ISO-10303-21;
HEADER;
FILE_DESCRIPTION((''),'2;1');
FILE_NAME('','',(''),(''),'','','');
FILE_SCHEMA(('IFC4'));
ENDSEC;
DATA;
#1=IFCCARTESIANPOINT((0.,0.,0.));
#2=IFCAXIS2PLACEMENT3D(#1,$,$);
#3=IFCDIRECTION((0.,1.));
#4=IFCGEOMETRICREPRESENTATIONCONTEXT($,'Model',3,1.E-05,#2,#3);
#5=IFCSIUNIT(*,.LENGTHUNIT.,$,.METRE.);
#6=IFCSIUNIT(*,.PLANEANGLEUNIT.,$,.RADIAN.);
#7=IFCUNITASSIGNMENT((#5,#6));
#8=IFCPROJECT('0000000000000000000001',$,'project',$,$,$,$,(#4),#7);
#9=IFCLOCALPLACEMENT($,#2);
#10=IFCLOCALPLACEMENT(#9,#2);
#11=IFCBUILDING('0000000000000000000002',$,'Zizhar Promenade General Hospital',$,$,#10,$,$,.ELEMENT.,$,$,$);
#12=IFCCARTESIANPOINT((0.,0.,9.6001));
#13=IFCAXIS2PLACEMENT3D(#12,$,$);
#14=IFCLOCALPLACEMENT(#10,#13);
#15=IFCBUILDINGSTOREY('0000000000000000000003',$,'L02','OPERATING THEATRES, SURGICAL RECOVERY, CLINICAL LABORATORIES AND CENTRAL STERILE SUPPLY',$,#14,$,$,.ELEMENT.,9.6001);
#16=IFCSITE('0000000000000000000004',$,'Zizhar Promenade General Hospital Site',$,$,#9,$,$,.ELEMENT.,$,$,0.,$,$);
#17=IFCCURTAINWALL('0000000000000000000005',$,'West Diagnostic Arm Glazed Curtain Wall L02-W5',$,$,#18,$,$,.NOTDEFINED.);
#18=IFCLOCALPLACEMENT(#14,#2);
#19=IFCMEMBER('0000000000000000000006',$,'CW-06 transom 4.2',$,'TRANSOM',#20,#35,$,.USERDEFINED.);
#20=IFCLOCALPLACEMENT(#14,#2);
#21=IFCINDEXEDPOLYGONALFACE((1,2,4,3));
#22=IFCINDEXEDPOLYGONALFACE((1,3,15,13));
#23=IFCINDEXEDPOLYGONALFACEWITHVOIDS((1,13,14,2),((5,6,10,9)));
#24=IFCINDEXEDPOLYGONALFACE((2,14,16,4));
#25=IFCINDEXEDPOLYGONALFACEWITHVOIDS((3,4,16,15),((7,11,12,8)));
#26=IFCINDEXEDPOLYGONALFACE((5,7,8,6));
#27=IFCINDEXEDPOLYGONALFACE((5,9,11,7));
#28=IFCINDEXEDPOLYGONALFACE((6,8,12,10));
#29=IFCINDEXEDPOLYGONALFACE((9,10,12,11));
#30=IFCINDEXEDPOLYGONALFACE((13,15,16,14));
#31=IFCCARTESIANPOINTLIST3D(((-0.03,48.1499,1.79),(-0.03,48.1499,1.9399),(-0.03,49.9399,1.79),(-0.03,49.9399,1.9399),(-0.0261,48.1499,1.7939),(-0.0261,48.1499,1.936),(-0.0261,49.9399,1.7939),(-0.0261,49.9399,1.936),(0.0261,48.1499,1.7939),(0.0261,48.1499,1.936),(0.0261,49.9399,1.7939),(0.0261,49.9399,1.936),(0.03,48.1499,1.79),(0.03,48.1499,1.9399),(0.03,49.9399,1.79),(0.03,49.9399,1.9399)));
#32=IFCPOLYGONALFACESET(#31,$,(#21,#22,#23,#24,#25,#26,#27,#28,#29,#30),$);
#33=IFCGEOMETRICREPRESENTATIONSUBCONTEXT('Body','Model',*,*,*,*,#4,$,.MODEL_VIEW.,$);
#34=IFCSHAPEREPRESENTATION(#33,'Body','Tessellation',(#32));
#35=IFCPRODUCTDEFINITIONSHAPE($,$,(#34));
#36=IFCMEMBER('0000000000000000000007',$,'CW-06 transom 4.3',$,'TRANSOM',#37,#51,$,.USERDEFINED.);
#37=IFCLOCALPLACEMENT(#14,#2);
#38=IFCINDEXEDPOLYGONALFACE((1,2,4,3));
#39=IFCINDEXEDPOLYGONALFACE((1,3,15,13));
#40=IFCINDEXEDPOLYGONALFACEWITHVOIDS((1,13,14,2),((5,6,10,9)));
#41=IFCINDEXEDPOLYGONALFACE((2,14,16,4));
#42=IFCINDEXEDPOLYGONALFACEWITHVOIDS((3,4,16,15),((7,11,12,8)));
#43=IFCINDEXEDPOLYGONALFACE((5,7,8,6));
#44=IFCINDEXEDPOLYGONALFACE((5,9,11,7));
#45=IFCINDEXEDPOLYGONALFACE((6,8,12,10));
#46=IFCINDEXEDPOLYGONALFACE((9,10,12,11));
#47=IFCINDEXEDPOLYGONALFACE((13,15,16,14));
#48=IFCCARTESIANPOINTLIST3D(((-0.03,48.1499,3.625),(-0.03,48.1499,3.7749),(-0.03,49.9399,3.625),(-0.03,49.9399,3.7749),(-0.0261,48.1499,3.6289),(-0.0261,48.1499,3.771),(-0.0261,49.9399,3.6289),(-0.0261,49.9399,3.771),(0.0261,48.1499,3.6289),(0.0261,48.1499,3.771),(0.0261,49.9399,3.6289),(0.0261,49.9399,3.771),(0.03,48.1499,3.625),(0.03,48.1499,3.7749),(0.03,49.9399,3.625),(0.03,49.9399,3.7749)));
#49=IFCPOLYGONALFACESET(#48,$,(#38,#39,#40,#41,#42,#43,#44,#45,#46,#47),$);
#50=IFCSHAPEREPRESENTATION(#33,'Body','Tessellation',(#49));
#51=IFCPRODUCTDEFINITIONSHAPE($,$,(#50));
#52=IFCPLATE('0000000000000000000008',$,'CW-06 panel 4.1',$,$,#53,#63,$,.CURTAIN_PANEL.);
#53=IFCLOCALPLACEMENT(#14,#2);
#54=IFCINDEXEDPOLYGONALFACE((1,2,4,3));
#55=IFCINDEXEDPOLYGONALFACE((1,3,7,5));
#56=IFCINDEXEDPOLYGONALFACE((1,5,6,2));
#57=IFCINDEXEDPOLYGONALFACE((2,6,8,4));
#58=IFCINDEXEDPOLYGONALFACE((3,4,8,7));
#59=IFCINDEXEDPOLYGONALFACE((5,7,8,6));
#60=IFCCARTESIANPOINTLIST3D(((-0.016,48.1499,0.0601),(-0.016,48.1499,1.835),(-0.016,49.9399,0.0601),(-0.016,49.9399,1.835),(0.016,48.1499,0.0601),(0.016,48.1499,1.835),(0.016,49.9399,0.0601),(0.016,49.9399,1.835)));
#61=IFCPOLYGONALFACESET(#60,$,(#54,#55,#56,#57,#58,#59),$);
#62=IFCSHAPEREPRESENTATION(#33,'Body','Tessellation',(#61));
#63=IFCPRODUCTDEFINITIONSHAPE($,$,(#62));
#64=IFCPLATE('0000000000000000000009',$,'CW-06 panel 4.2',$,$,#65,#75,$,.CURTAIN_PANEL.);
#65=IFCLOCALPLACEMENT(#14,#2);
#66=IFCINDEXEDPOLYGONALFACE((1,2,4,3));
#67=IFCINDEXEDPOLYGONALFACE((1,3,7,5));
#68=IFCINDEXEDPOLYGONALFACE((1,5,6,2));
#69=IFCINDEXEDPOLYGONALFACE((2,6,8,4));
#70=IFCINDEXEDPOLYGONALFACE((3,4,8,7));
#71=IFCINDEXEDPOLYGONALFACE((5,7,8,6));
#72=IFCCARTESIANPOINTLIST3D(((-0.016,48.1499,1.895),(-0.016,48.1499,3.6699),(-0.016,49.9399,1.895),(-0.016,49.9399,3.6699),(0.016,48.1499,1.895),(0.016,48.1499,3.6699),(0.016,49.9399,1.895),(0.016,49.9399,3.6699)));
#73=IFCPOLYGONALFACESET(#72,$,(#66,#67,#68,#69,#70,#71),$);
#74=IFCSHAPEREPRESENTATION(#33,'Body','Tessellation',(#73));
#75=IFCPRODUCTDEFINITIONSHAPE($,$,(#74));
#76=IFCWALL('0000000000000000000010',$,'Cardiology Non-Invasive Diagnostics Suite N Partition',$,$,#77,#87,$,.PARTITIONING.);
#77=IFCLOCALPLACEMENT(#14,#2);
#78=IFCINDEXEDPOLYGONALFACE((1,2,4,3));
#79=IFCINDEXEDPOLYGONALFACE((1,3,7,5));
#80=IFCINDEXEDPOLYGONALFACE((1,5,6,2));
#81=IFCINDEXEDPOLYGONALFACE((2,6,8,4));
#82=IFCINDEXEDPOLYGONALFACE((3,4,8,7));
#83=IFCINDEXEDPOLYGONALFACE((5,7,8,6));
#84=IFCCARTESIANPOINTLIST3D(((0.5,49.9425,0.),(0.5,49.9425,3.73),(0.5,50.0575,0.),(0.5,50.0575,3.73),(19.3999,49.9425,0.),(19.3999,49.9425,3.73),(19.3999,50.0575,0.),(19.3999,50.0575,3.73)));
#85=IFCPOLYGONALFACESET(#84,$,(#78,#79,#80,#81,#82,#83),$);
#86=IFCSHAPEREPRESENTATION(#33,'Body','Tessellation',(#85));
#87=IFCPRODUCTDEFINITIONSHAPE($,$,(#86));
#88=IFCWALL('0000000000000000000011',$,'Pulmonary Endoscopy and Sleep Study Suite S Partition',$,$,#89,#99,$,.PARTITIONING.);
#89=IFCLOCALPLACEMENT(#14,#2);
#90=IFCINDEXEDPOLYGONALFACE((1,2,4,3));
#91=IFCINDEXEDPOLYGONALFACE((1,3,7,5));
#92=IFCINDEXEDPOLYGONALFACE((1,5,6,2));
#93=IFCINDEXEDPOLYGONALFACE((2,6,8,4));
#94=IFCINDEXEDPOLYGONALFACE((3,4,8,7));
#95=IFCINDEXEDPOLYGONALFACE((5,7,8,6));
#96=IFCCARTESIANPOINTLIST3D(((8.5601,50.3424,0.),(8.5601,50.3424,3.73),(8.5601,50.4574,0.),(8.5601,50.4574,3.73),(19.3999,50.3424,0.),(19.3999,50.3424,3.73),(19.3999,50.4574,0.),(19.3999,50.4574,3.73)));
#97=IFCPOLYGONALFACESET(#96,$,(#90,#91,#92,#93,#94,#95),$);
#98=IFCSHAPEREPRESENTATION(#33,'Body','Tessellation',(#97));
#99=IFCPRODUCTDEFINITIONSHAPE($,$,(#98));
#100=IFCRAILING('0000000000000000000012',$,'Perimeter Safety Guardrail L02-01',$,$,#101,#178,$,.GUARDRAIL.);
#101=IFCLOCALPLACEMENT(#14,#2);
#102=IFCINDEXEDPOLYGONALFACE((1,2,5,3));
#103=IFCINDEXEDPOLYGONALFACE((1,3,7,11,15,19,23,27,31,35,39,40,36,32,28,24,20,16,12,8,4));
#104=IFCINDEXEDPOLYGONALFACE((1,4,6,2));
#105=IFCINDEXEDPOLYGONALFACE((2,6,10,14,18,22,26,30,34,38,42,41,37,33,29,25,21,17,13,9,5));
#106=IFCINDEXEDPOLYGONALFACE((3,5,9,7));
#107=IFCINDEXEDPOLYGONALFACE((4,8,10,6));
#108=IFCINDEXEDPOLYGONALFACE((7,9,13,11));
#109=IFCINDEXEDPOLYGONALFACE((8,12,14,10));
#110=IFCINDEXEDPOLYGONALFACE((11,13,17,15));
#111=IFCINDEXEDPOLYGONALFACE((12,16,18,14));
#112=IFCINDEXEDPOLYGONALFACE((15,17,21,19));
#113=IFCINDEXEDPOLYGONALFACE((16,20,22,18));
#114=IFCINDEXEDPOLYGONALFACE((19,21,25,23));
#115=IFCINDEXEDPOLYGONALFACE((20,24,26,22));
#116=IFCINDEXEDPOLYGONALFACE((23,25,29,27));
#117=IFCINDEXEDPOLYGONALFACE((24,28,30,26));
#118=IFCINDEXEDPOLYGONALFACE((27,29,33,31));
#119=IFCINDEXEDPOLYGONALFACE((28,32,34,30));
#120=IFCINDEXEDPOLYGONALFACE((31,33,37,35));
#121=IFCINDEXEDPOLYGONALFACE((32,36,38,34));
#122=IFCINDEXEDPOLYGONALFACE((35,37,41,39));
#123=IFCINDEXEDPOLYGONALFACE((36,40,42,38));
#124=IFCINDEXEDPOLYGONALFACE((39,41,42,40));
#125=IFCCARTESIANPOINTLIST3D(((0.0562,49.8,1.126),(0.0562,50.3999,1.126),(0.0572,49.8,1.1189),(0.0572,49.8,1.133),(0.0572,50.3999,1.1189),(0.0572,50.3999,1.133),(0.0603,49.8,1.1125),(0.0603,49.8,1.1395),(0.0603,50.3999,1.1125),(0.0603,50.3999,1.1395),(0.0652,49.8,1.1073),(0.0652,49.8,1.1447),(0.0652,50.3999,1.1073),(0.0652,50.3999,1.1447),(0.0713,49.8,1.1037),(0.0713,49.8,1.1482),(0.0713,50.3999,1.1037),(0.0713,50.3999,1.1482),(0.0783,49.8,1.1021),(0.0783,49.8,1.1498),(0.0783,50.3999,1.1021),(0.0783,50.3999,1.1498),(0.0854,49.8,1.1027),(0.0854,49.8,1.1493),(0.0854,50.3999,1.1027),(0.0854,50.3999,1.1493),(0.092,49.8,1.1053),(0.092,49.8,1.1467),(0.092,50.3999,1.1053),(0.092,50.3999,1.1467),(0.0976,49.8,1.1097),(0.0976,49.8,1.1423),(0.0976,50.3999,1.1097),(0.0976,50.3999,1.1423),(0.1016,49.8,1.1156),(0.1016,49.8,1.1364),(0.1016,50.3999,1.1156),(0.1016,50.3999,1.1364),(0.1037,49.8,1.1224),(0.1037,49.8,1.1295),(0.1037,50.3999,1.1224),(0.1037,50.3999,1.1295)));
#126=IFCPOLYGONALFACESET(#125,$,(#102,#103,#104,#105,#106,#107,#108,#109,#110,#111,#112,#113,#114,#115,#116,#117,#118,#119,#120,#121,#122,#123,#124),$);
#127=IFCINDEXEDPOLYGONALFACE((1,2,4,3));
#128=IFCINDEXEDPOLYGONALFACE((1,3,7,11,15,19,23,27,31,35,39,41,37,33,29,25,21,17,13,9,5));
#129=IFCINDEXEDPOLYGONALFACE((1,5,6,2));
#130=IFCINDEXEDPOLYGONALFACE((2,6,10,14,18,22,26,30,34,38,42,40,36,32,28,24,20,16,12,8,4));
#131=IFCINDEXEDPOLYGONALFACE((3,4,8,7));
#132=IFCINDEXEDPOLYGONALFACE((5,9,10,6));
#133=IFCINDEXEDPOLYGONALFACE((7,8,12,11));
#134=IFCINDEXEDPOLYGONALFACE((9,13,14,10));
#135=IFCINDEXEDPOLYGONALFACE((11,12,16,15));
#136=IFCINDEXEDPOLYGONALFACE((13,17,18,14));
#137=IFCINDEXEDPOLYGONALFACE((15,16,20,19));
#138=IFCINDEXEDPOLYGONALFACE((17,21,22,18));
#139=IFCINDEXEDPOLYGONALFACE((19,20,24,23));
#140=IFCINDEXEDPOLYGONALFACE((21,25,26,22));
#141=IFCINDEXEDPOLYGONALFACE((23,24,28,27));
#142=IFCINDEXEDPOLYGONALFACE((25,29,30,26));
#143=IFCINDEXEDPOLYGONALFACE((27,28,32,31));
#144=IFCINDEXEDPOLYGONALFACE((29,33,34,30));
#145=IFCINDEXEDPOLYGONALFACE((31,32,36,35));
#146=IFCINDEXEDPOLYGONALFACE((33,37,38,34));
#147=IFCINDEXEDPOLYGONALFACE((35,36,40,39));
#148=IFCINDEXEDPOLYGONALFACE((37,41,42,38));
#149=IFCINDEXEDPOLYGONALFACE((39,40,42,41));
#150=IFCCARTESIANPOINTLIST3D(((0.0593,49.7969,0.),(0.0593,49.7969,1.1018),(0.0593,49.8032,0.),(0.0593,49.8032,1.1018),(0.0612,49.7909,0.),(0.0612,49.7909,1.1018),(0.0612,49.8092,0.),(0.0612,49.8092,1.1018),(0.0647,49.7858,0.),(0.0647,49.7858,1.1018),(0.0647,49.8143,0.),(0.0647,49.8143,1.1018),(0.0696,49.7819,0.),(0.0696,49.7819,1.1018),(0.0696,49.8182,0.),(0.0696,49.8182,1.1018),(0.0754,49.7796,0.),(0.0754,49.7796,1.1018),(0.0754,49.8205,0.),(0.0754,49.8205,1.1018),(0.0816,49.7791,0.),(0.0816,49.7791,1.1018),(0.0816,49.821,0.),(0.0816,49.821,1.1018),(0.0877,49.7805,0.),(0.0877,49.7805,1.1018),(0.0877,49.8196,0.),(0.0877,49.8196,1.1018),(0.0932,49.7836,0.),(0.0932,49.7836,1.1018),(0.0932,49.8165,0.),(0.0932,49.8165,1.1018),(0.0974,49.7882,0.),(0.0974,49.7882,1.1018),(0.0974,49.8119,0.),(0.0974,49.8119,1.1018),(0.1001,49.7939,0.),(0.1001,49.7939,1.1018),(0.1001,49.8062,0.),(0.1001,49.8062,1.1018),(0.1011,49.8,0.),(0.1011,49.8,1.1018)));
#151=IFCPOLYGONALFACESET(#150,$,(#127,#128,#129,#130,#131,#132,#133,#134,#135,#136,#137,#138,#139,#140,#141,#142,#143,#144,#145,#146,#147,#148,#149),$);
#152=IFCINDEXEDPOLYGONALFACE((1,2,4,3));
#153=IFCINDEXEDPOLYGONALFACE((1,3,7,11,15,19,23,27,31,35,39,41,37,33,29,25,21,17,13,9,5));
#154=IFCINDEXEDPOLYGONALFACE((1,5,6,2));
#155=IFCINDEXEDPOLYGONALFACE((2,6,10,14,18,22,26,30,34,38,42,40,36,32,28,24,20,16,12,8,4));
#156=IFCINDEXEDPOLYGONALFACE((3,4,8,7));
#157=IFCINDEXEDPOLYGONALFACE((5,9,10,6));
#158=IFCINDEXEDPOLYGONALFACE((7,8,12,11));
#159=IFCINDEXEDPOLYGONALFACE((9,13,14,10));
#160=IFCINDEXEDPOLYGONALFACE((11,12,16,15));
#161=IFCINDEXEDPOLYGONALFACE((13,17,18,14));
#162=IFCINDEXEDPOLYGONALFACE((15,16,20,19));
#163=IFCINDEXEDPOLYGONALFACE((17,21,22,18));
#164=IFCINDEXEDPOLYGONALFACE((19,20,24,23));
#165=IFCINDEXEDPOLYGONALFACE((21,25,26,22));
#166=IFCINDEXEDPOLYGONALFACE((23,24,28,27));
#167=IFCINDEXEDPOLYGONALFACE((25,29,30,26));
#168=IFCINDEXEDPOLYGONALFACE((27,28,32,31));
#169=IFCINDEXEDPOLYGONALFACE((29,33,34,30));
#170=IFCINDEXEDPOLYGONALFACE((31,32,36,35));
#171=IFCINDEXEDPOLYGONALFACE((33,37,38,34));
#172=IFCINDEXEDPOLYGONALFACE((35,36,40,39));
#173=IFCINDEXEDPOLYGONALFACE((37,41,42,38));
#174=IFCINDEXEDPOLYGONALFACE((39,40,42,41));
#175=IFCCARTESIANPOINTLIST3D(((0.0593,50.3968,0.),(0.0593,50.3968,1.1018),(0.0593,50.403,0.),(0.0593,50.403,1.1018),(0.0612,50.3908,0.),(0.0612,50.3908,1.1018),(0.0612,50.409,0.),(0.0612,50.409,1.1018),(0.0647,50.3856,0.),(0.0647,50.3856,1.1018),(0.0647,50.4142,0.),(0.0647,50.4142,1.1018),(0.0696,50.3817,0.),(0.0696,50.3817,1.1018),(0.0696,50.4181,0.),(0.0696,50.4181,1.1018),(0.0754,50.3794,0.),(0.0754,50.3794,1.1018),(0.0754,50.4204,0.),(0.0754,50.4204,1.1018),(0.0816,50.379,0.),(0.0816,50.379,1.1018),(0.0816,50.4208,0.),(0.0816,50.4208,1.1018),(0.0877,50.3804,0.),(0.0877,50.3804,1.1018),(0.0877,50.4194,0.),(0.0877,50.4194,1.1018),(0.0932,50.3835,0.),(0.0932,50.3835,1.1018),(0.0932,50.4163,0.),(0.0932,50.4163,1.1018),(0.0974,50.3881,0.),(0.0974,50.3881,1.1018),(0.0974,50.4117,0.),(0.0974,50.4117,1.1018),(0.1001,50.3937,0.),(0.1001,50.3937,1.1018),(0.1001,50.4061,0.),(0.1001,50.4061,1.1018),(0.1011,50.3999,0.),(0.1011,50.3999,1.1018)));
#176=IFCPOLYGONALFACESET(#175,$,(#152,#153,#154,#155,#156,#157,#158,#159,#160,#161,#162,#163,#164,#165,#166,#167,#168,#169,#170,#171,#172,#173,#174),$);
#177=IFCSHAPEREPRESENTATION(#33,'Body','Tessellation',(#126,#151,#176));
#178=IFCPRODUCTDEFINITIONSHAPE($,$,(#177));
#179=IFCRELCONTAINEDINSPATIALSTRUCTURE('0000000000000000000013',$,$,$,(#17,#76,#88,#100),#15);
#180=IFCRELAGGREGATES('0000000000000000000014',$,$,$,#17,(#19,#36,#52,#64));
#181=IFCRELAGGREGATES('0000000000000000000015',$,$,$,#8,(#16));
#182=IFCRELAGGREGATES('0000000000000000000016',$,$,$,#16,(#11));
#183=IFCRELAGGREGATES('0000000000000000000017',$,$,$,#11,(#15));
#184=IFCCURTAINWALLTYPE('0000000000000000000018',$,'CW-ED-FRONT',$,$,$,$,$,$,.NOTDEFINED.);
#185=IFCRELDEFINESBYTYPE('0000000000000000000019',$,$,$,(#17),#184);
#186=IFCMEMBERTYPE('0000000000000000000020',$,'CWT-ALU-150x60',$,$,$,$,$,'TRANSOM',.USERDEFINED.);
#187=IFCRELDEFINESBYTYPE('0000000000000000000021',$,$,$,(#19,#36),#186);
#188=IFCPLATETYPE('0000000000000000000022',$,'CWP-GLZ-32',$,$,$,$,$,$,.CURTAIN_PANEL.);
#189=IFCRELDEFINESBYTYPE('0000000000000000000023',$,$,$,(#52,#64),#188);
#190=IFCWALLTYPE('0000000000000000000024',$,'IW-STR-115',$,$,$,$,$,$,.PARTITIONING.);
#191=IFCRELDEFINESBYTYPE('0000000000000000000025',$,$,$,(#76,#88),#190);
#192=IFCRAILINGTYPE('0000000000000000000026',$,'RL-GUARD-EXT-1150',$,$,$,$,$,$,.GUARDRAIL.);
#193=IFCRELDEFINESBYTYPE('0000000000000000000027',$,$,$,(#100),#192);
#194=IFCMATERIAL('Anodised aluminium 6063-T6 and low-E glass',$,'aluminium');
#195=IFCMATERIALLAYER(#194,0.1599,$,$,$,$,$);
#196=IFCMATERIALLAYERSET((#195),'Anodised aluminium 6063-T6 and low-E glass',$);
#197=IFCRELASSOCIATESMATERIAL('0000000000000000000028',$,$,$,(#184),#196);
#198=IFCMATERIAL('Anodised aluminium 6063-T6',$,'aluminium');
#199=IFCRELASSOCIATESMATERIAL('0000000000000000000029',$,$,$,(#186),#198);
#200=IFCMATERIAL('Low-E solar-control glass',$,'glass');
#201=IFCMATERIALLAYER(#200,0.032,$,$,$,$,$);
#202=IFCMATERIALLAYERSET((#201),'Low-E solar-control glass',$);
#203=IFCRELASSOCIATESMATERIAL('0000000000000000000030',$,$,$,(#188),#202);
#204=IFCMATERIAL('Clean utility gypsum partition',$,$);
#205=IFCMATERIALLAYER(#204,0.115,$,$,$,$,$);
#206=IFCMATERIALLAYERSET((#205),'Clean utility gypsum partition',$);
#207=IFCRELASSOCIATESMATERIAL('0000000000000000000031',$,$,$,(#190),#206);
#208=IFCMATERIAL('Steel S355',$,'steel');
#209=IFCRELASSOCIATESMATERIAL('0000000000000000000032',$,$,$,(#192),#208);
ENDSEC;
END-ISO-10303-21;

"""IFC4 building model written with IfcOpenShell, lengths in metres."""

from ifc_helpers import new_model, si_unit, direction, frame, frame_2d, origin, origin_2d, place, context, subcontext, project, spatial, rectangle, hollow_rectangle, circle, extrude, material, layer, layer_set, material_profile, profile_set, type_object, element, aggregate, save


model = new_model("IFC4")

# Units and contexts
model_context = context("Model", 3, precision=1e-05, world=origin(), true_north=direction((0.0, 1.0)))
body_context = subcontext(model_context, "Body", "Model", "MODEL_VIEW")
ifc_project = project(units=[si_unit("LENGTHUNIT", "METRE"), si_unit("PLANEANGLEUNIT", "RADIAN")], contexts=[model_context])

# Site, building, storey
site_placement = place(None, origin())
site = spatial("IfcSite", under=ifc_project, at=site_placement, Name="Zizhar Promenade General Hospital Site", CompositionType="ELEMENT", RefElevation=0.0)
building_placement = place(site_placement, origin())
building = spatial("IfcBuilding", under=site, at=building_placement, Name="Zizhar Promenade General Hospital", CompositionType="ELEMENT")
storey_placement = place(building_placement, frame((0.0, 0.0, 9.6001)))
storey = spatial("IfcBuildingStorey", under=building, at=storey_placement, Name="L02", Description="OPERATING THEATRES, SURGICAL RECOVERY, CLINICAL LABORATORIES AND CENTRAL STERILE SUPPLY", CompositionType="ELEMENT", Elevation=9.6001)

# Curtain wall, members, plates
ifc_material_1 = material(Name="Anodised aluminium 6063-T6 and low-E glass", Category="aluminium")
ifc_layer_1 = layer(ifc_material_1, 0.1599)
ifc_layer_set_1 = layer_set([ifc_layer_1], Name="Anodised aluminium 6063-T6 and low-E glass")
curtain_wall_type = type_object("IfcCurtainWallType", Name="CW-ED-FRONT", PredefinedType="NOTDEFINED", material=ifc_layer_set_1)
curtain_wall_placement = place(storey_placement, origin())
curtain_wall = element("IfcCurtainWall", 1, at=curtain_wall_placement, inside=storey, type_object=curtain_wall_type, Name="West Diagnostic Arm Glazed Curtain Wall L02-W5", PredefinedType="NOTDEFINED")
ifc_material_2 = material(Name="Anodised aluminium 6063-T6", Category="aluminium")
ifc_material_profile_1 = material_profile(ifc_material_2, hollow_rectangle(XDim=0.0601, YDim=0.1499, WallThickness=0.0039, at=origin_2d()))
ifc_profile_set_1 = profile_set([ifc_material_profile_1], Name="Anodised aluminium 6063-T6")
member_type_1 = type_object("IfcMemberType", Name="CWT-ALU-150x60", ElementType="TRANSOM", PredefinedType="USERDEFINED", material=ifc_profile_set_1)
member_1_placement = place(storey_placement, frame((0.0, 48.1499, 1.865), z_axis=(0.0, 1.0, 0.0), x_axis=(-1.0, 0.0, 0.0)))
member_1 = element("IfcMember", 2, at=member_1_placement, type_object=member_type_1, Name="CW-06 transom 4.2", ObjectType="TRANSOM", PredefinedType="USERDEFINED", context=body_context, shape_type="SweptSolid", body=[
    extrude(hollow_rectangle(XDim=0.0601, YDim=0.1499, WallThickness=0.0039, at=origin_2d()), origin(), (0.0, 0.0, 1.0), 1.79),
])
member_2_placement = place(storey_placement, frame((0.0, 48.1499, 3.7), z_axis=(0.0, 1.0, 0.0), x_axis=(-1.0, 0.0, 0.0)))
member_2 = element("IfcMember", 3, at=member_2_placement, type_object=member_type_1, Name="CW-06 transom 4.3", ObjectType="TRANSOM", PredefinedType="USERDEFINED", context=body_context, shape_type="SweptSolid", body=[
    extrude(hollow_rectangle(XDim=0.0601, YDim=0.1499, WallThickness=0.0039, at=origin_2d()), origin(), (0.0, 0.0, 1.0), 1.79),
])
ifc_material_3 = material(Name="Low-E solar-control glass", Category="glass")
ifc_layer_2 = layer(ifc_material_3, 0.032)
ifc_layer_set_2 = layer_set([ifc_layer_2], Name="Low-E solar-control glass")
plate_type = type_object("IfcPlateType", Name="CWP-GLZ-32", PredefinedType="CURTAIN_PANEL", material=ifc_layer_set_2)
plate_1_placement = place(storey_placement, frame((0.0, 49.0449, 0.0601), z_axis=(0.0, 0.0, 1.0), x_axis=(0.0, 1.0, 0.0)))
plate_1 = element("IfcPlate", 4, at=plate_1_placement, type_object=plate_type, Name="CW-06 panel 4.1", PredefinedType="CURTAIN_PANEL", context=body_context, shape_type="SweptSolid", body=[
    extrude(rectangle(XDim=1.79, YDim=0.032, at=origin_2d()), origin(), (0.0, 0.0, 1.0), 1.7749),
])
plate_2_placement = place(storey_placement, frame((0.0, 49.0449, 1.895), z_axis=(0.0, 0.0, 1.0), x_axis=(0.0, 1.0, 0.0)))
plate_2 = element("IfcPlate", 5, at=plate_2_placement, type_object=plate_type, Name="CW-06 panel 4.2", PredefinedType="CURTAIN_PANEL", context=body_context, shape_type="SweptSolid", body=[
    extrude(rectangle(XDim=1.79, YDim=0.032, at=origin_2d()), origin(), (0.0, 0.0, 1.0), 1.7749),
])
aggregate(curtain_wall, [member_1, member_2, plate_1, plate_2])

# Walls
ifc_material_4 = material(Name="Clean utility gypsum partition")
ifc_layer_3 = layer(ifc_material_4, 0.115)
ifc_layer_set_3 = layer_set([ifc_layer_3], Name="Clean utility gypsum partition")
wall_type = type_object("IfcWallType", Name="IW-STR-115", PredefinedType="PARTITIONING", material=ifc_layer_set_3)
wall_1_placement = place(storey_placement, frame((0.5, 50.0, 0.0), z_axis=(0.0, 0.0, 1.0), x_axis=(1.0, 0.0, 0.0)))
element("IfcWall", 6, at=wall_1_placement, inside=storey, type_object=wall_type, Name="Cardiology Non-Invasive Diagnostics Suite N Partition", PredefinedType="PARTITIONING", context=body_context, shape_type="SweptSolid", body=[
    extrude(rectangle(XDim=18.8999, YDim=0.115, at=frame_2d((9.45, 0.0))), origin(), (0.0, 0.0, 1.0), 3.73),
])
wall_2_placement = place(storey_placement, frame((8.5601, 50.3999, 0.0), z_axis=(0.0, 0.0, 1.0), x_axis=(1.0, 0.0, 0.0)))
element("IfcWall", 7, at=wall_2_placement, inside=storey, type_object=wall_type, Name="Pulmonary Endoscopy and Sleep Study Suite S Partition", PredefinedType="PARTITIONING", context=body_context, shape_type="SweptSolid", body=[
    extrude(rectangle(XDim=10.8398, YDim=0.115, at=frame_2d((5.4199, 0.0))), origin(), (0.0, 0.0, 1.0), 3.73),
])

# Railing
ifc_material_5 = material(Name="Steel S355", Category="steel")
ifc_material_profile_2 = material_profile(ifc_material_5, hollow_rectangle(XDim=0.0601, YDim=0.1201, WallThickness=0.0039, at=origin_2d()))
ifc_profile_set_2 = profile_set([ifc_material_profile_2], Name="Steel S355")
railing_type = type_object("IfcRailingType", Name="RL-GUARD-EXT-1150", PredefinedType="GUARDRAIL", material=ifc_profile_set_2)
railing_1_placement = place(storey_placement, frame((0.0801, 49.8, 0.0)))
element("IfcRailing", 8, at=railing_1_placement, inside=storey, type_object=railing_type, Name="Perimeter Safety Guardrail L02-01", PredefinedType="GUARDRAIL", context=body_context, shape_type="SweptSolid", body=[
    extrude(circle(Radius=0.0239, at=origin_2d()), frame((0.0, 0.0, 1.126), z_axis=(0.0, 1.0, 0.0), x_axis=(-1.0, 0.0, 0.0)), (0.0, 0.0, 1.0), 0.5999),
    extrude(circle(Radius=0.021, at=origin_2d()), origin(), (0.0, 0.0, 1.0), 1.1018),
    extrude(circle(Radius=0.021, at=origin_2d()), frame((0.0, 0.5999, 0.0)), (0.0, 0.0, 1.0), 1.1018),
])

save(model, "model.ifc")
